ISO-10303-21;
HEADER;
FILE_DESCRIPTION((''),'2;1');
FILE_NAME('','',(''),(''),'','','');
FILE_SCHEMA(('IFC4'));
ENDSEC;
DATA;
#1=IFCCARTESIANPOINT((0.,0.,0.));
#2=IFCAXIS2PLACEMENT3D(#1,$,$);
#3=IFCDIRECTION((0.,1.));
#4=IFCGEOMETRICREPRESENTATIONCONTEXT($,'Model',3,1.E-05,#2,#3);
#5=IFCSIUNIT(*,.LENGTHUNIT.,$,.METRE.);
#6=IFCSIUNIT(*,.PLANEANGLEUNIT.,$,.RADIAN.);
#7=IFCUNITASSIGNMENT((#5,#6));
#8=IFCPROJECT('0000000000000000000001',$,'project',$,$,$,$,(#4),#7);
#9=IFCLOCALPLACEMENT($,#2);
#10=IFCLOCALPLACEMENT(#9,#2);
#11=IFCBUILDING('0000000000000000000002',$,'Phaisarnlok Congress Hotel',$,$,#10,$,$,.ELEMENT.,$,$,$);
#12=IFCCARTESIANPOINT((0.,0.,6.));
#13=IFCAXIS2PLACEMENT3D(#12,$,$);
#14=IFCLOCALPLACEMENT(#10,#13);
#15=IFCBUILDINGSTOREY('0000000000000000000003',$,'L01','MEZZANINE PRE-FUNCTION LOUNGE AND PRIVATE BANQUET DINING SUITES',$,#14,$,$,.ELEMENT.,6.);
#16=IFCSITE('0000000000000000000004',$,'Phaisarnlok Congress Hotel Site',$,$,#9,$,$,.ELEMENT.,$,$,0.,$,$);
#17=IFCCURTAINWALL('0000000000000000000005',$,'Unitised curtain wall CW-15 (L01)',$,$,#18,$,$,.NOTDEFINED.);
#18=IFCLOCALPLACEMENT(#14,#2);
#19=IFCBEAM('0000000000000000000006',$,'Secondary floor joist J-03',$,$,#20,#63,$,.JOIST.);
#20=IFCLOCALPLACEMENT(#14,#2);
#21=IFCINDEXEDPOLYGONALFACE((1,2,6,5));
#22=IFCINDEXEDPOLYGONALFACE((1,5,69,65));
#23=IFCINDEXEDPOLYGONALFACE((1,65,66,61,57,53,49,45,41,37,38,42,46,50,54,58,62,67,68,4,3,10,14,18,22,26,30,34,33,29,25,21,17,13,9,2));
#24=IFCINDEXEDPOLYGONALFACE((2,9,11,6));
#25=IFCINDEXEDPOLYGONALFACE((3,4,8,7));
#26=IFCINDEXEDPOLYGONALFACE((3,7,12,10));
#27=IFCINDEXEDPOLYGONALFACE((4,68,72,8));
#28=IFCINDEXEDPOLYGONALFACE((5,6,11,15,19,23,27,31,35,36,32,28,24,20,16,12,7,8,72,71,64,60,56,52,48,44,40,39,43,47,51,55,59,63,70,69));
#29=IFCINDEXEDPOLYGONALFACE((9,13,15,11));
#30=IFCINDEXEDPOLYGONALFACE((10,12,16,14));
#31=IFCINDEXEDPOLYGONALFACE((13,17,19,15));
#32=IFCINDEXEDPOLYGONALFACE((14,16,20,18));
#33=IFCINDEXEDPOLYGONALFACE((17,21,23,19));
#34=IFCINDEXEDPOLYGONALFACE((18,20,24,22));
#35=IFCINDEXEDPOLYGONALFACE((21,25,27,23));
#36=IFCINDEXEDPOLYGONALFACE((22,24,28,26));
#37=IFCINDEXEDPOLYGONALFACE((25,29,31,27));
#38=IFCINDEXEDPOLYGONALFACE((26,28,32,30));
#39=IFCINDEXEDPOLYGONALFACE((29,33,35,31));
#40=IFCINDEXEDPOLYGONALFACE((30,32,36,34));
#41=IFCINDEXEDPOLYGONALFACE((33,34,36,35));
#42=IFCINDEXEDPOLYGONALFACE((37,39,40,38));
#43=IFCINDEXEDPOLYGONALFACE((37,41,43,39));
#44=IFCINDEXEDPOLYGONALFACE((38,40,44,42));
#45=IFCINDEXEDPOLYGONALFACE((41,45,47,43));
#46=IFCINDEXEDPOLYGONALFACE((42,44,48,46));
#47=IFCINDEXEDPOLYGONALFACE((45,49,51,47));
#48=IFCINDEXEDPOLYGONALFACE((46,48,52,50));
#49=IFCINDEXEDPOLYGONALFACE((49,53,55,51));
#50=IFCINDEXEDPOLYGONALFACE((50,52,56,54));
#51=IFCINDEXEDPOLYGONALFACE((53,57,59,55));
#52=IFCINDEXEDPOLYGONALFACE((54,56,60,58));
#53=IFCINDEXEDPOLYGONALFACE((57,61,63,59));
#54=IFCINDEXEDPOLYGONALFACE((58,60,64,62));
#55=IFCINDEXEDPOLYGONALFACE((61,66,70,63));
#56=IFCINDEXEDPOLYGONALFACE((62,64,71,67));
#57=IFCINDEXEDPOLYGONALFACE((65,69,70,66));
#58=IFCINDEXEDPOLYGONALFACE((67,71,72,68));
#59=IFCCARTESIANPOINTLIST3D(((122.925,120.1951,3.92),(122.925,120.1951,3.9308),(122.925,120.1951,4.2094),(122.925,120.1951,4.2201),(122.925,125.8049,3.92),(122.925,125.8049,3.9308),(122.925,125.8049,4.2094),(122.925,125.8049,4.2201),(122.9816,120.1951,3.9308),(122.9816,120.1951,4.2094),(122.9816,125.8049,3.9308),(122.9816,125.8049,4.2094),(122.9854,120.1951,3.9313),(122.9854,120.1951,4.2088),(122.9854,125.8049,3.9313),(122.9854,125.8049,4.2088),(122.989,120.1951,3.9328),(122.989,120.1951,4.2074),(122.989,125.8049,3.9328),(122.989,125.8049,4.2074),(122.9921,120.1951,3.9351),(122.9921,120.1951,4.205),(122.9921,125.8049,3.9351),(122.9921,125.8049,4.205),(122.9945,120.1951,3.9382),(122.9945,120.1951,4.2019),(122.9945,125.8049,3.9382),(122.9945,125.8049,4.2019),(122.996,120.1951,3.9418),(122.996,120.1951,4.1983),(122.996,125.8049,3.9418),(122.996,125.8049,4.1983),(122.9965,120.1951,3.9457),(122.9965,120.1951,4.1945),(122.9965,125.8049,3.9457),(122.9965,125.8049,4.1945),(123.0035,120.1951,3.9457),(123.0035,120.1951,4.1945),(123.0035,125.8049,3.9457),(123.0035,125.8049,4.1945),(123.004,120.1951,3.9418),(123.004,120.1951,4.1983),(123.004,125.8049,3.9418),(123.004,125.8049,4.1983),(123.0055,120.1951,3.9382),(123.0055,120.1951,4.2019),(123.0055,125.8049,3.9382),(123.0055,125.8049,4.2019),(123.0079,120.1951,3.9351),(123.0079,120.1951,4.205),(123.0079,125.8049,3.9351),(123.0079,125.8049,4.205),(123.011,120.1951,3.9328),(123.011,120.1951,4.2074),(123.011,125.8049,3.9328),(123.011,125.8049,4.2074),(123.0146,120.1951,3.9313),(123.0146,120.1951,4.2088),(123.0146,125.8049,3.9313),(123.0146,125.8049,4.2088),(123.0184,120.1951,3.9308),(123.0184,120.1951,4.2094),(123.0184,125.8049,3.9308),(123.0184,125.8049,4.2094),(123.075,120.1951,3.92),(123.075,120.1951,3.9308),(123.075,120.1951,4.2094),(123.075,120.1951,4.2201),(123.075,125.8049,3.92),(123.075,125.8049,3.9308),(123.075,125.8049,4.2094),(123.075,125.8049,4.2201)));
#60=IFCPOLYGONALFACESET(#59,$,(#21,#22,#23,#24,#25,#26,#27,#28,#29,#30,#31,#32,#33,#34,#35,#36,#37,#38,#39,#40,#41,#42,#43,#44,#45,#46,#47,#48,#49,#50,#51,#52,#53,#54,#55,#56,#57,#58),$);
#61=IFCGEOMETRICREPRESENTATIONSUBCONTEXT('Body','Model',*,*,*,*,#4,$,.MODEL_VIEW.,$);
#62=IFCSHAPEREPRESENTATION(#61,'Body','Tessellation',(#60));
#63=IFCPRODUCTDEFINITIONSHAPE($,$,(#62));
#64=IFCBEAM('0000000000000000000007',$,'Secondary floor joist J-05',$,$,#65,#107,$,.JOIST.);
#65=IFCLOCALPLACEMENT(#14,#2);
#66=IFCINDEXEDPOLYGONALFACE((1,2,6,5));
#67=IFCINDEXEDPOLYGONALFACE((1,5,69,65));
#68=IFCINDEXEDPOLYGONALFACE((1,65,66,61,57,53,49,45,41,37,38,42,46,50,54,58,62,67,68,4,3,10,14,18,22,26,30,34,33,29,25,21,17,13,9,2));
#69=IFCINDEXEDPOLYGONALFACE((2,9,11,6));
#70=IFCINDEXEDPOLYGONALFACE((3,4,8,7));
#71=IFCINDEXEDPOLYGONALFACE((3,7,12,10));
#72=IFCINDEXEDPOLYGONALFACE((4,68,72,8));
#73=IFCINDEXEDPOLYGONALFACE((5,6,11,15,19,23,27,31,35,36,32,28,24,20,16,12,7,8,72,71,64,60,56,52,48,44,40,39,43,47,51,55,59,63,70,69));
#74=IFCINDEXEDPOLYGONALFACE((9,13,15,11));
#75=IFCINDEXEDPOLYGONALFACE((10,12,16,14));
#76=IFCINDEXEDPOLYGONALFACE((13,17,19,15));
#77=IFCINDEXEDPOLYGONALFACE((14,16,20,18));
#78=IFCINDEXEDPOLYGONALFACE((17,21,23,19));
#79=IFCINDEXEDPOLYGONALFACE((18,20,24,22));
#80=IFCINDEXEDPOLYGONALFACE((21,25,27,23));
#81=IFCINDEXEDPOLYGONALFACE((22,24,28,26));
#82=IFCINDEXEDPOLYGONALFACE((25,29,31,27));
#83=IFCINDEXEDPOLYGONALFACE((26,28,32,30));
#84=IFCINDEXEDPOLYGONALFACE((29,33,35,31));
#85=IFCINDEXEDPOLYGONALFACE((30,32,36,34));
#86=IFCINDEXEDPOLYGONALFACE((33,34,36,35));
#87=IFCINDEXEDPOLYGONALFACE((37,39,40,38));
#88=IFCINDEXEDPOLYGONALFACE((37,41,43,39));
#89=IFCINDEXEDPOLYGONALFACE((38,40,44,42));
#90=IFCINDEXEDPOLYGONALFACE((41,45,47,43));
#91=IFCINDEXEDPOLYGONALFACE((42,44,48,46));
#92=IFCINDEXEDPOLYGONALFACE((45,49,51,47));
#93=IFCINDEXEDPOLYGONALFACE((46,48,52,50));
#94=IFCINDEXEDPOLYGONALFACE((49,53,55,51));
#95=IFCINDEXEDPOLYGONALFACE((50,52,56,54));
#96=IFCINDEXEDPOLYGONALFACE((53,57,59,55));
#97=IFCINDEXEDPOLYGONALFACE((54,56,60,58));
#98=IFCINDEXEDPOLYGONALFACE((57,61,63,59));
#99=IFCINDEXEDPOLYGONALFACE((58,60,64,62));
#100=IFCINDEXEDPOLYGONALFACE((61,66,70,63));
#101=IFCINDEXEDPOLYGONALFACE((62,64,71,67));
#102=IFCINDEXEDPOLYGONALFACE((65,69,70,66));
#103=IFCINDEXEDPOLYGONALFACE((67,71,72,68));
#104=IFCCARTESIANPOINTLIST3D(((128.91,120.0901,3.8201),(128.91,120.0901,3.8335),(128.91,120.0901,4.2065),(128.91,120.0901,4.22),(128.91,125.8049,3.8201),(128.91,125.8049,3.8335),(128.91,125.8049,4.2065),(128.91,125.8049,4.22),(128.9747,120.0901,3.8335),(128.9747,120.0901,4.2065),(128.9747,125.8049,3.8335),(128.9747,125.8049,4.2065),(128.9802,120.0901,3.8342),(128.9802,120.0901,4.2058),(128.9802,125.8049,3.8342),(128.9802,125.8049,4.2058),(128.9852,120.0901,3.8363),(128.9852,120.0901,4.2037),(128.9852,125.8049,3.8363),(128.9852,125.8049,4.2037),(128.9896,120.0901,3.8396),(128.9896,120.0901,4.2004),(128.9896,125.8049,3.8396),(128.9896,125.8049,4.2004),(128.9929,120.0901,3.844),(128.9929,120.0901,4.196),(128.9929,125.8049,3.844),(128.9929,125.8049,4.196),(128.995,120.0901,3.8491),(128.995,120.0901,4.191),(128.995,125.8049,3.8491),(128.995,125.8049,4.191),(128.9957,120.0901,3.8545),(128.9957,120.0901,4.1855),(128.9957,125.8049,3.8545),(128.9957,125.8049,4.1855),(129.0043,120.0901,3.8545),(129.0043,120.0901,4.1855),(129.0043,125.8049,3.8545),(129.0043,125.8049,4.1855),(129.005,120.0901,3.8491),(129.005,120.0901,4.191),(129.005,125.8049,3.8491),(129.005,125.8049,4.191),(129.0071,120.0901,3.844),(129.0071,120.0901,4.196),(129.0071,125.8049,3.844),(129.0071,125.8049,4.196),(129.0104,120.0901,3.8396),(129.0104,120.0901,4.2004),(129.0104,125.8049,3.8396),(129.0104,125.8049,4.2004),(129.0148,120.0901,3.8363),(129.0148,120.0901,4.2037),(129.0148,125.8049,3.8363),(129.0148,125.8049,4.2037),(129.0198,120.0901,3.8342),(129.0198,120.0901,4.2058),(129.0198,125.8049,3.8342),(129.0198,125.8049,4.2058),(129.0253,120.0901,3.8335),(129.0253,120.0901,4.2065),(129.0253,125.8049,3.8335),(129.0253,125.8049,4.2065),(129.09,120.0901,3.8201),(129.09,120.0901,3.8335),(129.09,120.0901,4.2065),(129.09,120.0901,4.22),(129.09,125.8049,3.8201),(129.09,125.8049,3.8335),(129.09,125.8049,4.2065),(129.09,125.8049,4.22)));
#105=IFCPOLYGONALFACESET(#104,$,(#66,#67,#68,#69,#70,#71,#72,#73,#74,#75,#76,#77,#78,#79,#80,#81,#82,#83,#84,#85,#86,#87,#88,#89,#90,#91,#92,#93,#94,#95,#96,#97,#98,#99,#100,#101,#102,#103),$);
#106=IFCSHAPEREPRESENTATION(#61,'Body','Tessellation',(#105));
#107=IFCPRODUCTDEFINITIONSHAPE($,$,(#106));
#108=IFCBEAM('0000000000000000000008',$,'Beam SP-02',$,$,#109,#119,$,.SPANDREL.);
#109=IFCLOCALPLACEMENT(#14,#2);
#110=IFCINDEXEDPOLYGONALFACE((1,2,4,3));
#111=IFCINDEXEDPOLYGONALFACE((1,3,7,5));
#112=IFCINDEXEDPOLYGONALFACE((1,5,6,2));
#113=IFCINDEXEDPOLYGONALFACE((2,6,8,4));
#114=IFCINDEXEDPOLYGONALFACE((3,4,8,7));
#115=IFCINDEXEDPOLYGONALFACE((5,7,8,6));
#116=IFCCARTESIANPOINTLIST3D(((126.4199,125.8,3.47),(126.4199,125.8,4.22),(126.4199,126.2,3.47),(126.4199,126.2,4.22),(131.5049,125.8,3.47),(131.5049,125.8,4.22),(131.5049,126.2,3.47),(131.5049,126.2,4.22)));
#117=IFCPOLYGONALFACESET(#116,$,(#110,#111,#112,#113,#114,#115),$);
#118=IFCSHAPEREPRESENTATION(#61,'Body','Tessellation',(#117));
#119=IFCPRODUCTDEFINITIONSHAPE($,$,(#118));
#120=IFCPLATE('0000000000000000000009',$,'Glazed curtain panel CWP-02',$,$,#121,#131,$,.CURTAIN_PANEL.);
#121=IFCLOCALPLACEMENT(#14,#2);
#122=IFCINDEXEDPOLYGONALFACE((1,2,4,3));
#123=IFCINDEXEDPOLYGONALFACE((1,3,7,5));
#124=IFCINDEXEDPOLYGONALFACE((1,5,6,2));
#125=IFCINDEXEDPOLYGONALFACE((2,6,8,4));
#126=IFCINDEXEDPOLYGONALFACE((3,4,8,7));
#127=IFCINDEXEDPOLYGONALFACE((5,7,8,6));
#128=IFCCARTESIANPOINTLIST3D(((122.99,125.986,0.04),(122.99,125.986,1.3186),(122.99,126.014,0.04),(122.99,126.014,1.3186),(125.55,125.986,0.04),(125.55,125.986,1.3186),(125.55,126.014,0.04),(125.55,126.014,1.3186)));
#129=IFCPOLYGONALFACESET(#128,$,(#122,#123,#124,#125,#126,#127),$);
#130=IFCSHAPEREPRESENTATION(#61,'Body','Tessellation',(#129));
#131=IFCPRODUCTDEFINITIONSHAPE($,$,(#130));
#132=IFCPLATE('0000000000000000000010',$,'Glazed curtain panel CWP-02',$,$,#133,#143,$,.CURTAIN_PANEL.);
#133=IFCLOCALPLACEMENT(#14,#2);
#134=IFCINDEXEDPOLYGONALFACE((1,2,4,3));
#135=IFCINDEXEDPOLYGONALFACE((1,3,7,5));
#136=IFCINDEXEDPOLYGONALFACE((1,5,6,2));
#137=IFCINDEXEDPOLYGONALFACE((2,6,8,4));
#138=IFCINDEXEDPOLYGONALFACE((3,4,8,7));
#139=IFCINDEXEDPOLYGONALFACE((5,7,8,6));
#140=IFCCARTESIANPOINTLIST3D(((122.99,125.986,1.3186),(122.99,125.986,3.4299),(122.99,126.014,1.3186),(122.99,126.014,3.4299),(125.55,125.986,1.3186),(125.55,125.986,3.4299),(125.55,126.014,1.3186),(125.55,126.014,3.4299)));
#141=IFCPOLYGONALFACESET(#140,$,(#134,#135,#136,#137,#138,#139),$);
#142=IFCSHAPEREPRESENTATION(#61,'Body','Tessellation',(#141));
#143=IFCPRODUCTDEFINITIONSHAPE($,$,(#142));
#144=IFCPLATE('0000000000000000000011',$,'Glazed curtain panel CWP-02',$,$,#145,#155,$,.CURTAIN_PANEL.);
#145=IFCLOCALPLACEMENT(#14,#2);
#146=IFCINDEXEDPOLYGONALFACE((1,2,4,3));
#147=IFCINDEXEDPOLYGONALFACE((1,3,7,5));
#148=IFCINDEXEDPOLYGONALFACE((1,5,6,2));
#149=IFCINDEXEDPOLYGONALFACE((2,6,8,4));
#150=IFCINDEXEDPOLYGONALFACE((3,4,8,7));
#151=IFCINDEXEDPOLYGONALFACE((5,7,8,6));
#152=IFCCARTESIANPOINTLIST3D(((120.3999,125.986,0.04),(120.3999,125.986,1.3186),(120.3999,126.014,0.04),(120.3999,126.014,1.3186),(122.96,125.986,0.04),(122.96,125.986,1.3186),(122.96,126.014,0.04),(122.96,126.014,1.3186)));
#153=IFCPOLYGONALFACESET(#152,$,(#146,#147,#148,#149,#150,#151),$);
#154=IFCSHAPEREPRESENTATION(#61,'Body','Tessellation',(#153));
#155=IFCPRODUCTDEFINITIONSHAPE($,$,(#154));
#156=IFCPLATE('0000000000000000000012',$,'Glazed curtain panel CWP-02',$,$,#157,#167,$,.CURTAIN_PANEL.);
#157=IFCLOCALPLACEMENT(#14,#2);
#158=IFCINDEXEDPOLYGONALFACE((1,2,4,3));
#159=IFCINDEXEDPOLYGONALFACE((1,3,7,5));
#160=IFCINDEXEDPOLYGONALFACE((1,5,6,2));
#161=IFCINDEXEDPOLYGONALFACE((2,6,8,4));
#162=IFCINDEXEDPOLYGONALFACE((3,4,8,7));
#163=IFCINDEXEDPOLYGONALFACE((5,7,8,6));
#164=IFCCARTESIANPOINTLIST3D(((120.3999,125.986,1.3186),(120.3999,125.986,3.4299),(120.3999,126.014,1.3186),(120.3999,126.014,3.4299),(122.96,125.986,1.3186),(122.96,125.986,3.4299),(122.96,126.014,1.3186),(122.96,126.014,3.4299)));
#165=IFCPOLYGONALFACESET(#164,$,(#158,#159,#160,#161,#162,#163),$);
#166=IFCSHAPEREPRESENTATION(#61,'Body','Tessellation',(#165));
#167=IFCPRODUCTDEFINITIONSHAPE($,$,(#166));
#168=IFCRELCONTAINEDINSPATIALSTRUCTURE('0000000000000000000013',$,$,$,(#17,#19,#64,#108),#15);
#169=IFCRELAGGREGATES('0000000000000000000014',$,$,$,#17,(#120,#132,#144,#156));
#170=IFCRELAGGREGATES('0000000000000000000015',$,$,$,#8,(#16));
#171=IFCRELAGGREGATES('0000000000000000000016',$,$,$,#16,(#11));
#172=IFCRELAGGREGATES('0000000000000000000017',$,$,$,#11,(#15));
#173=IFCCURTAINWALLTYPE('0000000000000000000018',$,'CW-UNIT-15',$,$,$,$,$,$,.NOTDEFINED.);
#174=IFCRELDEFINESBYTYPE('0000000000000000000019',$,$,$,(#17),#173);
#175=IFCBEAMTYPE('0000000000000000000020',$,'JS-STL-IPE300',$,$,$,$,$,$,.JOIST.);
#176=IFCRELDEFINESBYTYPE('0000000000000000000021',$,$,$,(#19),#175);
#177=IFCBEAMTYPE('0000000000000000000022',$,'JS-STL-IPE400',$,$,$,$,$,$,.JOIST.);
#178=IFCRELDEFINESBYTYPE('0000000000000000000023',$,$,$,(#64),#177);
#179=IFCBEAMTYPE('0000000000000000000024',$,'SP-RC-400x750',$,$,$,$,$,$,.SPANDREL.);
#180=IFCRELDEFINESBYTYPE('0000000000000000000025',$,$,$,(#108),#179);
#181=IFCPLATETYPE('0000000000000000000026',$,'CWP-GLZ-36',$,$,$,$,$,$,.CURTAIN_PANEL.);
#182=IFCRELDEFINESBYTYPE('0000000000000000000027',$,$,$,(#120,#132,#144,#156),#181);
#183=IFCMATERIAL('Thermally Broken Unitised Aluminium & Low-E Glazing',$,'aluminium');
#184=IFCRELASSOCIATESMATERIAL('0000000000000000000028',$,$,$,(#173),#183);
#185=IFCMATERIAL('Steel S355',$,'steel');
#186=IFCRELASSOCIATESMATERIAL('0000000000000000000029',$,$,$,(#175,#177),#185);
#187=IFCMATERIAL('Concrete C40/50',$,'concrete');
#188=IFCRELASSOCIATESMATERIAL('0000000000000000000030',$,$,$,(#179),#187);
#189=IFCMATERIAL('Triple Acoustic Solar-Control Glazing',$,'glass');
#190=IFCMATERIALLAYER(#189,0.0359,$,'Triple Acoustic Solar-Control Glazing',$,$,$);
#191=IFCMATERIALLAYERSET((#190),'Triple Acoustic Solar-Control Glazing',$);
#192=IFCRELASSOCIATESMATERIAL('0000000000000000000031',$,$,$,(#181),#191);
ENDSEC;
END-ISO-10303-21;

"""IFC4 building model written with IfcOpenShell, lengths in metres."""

from ifc_helpers import new_model, si_unit, direction, frame, frame_2d, origin, origin_2d, place, context, subcontext, project, spatial, rectangle, i_section, extrude, material, layer, layer_set, material_profile, profile_set, type_object, element, aggregate, save


model = new_model("IFC4")

# Units and contexts
model_context = context("Model", 3, precision=1e-05, world=origin(), true_north=direction((0.0, 1.0)))
body_context = subcontext(model_context, "Body", "Model", "MODEL_VIEW")
ifc_project = project(units=[si_unit("LENGTHUNIT", "METRE"), si_unit("PLANEANGLEUNIT", "RADIAN")], contexts=[model_context])

# Site, building, storey
site_placement = place(None, origin())
site = spatial("IfcSite", under=ifc_project, at=site_placement, Name="Phaisarnlok Congress Hotel Site", CompositionType="ELEMENT", RefElevation=0.0)
building_placement = place(site_placement, origin())
building = spatial("IfcBuilding", under=site, at=building_placement, Name="Phaisarnlok Congress Hotel", CompositionType="ELEMENT")
storey_placement = place(building_placement, frame((0.0, 0.0, 6.0)))
storey = spatial("IfcBuildingStorey", under=building, at=storey_placement, Name="L01", Description="MEZZANINE PRE-FUNCTION LOUNGE AND PRIVATE BANQUET DINING SUITES", CompositionType="ELEMENT", Elevation=6.0)

# Shared definitions
ifc_material_1 = material(Name="Concrete C40/50", Category="concrete")
ifc_material_2 = material(Name="Steel S355", Category="steel")

# Curtain wall
ifc_material_3 = material(Name="Thermally Broken Unitised Aluminium & Low-E Glazing", Category="aluminium")
curtain_wall_type = type_object("IfcCurtainWallType", Name="CW-UNIT-15", PredefinedType="NOTDEFINED", material=ifc_material_3)
curtain_wall_placement = place(storey_placement, origin())
curtain_wall = element("IfcCurtainWall", 1, at=curtain_wall_placement, inside=storey, type_object=curtain_wall_type, Name="Unitised curtain wall CW-15 (L01)", PredefinedType="NOTDEFINED")

# Beams
ifc_material_profile_1 = material_profile(ifc_material_2, i_section(OverallWidth=0.1499, OverallDepth=0.3, WebThickness=0.0071, FlangeThickness=0.0107, FilletRadius=0.0149, at=origin_2d()), Name="IPE 300")
ifc_profile_set_1 = profile_set([ifc_material_profile_1], Name="Steel S355")
beam_type_1 = type_object("IfcBeamType", Name="JS-STL-IPE300", PredefinedType="JOIST", material=ifc_profile_set_1)
for number, where, z_axis, x_axis, name in (
    (2, (123.0, 120.1951, 4.0701), (0.0, 1.0, 0.0), (-1.0, 0.0, 0.0), "Secondary floor joist J-03"),
):
    element("IfcBeam", number, at=place(storey_placement, frame(where, z_axis=z_axis, x_axis=x_axis)), inside=storey, type_object=beam_type_1, Name=name, PredefinedType="JOIST", context=body_context, shape_type="SweptSolid", body=[
        extrude(i_section(OverallWidth=0.1499, OverallDepth=0.3, WebThickness=0.0071, FlangeThickness=0.0107, FilletRadius=0.0149, at=origin_2d()), origin(), (0.0, 0.0, 1.0), 5.6099),
    ])
ifc_material_profile_2 = material_profile(ifc_material_2, i_section(OverallWidth=0.1799, OverallDepth=0.3999, WebThickness=0.0085, FlangeThickness=0.0134, FilletRadius=0.021, at=origin_2d()), Name="IPE 400")
ifc_profile_set_2 = profile_set([ifc_material_profile_2], Name="Steel S355")
beam_type_2 = type_object("IfcBeamType", Name="JS-STL-IPE400", PredefinedType="JOIST", material=ifc_profile_set_2)
beam_1_placement = place(storey_placement, frame((129.0, 120.0901, 4.02), z_axis=(0.0, 1.0, 0.0), x_axis=(-1.0, 0.0, 0.0)))
element("IfcBeam", 3, at=beam_1_placement, inside=storey, type_object=beam_type_2, Name="Secondary floor joist J-05", PredefinedType="JOIST", context=body_context, shape_type="SweptSolid", body=[
    extrude(i_section(OverallWidth=0.1799, OverallDepth=0.3999, WebThickness=0.0085, FlangeThickness=0.0134, FilletRadius=0.021, at=origin_2d()), origin(), (0.0, 0.0, 1.0), 5.7148),
])
ifc_material_profile_3 = material_profile(ifc_material_1, rectangle(XDim=0.3999, YDim=0.75, at=origin_2d()), Name="RC 400x750")
ifc_profile_set_3 = profile_set([ifc_material_profile_3], Name="Concrete C40/50")
beam_type_3 = type_object("IfcBeamType", Name="SP-RC-400x750", PredefinedType="SPANDREL", material=ifc_profile_set_3)
beam_2_placement = place(storey_placement, frame((126.4199, 126.0, 3.845), z_axis=(1.0, 0.0, 0.0), x_axis=(0.0, 1.0, 0.0)))
element("IfcBeam", 4, at=beam_2_placement, inside=storey, type_object=beam_type_3, Name="Beam SP-02", PredefinedType="SPANDREL", context=body_context, shape_type="SweptSolid", body=[
    extrude(rectangle(XDim=0.3999, YDim=0.75, at=origin_2d()), origin(), (0.0, 0.0, 1.0), 5.085),
])

# Plates
ifc_material_4 = material(Name="Triple Acoustic Solar-Control Glazing", Category="glass")
ifc_layer_1 = layer(ifc_material_4, 0.0359, Name="Triple Acoustic Solar-Control Glazing")
ifc_layer_set_1 = layer_set([ifc_layer_1], Name="Triple Acoustic Solar-Control Glazing")
plate_type = type_object("IfcPlateType", Name="CWP-GLZ-36", PredefinedType="CURTAIN_PANEL", material=ifc_layer_set_1)
plate_1_placement = place(storey_placement, frame((125.55, 126.0, 0.04), z_axis=(0.0, 0.0, 1.0), x_axis=(-1.0, 0.0, 0.0)))
plate_1 = element("IfcPlate", 5, at=plate_1_placement, type_object=plate_type, Name="Glazed curtain panel CWP-02", PredefinedType="CURTAIN_PANEL", context=body_context, shape_type="SweptSolid", body=[
    extrude(rectangle(XDim=2.5601, YDim=0.0281, at=frame_2d((1.28, 0.0))), origin(), (0.0, 0.0, 1.0), 1.2786),
])
plate_2_placement = place(storey_placement, frame((125.55, 126.0, 1.3186), z_axis=(0.0, 0.0, 1.0), x_axis=(-1.0, 0.0, 0.0)))
plate_2 = element("IfcPlate", 6, at=plate_2_placement, type_object=plate_type, Name="Glazed curtain panel CWP-02", PredefinedType="CURTAIN_PANEL", context=body_context, shape_type="SweptSolid", body=[
    extrude(rectangle(XDim=2.5601, YDim=0.0281, at=frame_2d((1.28, 0.0))), origin(), (0.0, 0.0, 1.0), 2.1113),
])
plate_3_placement = place(storey_placement, frame((122.96, 126.0, 0.04), z_axis=(0.0, 0.0, 1.0), x_axis=(-1.0, 0.0, 0.0)))
plate_3 = element("IfcPlate", 7, at=plate_3_placement, type_object=plate_type, Name="Glazed curtain panel CWP-02", PredefinedType="CURTAIN_PANEL", context=body_context, shape_type="SweptSolid", body=[
    extrude(rectangle(XDim=2.5601, YDim=0.0281, at=frame_2d((1.28, 0.0))), origin(), (0.0, 0.0, 1.0), 1.2786),
])
plate_4_placement = place(storey_placement, frame((122.96, 126.0, 1.3186), z_axis=(0.0, 0.0, 1.0), x_axis=(-1.0, 0.0, 0.0)))
plate_4 = element("IfcPlate", 8, at=plate_4_placement, type_object=plate_type, Name="Glazed curtain panel CWP-02", PredefinedType="CURTAIN_PANEL", context=body_context, shape_type="SweptSolid", body=[
    extrude(rectangle(XDim=2.5601, YDim=0.0281, at=frame_2d((1.28, 0.0))), origin(), (0.0, 0.0, 1.0), 2.1113),
])
aggregate(curtain_wall, [plate_1, plate_2, plate_3, plate_4])

save(model, "model.ifc")
